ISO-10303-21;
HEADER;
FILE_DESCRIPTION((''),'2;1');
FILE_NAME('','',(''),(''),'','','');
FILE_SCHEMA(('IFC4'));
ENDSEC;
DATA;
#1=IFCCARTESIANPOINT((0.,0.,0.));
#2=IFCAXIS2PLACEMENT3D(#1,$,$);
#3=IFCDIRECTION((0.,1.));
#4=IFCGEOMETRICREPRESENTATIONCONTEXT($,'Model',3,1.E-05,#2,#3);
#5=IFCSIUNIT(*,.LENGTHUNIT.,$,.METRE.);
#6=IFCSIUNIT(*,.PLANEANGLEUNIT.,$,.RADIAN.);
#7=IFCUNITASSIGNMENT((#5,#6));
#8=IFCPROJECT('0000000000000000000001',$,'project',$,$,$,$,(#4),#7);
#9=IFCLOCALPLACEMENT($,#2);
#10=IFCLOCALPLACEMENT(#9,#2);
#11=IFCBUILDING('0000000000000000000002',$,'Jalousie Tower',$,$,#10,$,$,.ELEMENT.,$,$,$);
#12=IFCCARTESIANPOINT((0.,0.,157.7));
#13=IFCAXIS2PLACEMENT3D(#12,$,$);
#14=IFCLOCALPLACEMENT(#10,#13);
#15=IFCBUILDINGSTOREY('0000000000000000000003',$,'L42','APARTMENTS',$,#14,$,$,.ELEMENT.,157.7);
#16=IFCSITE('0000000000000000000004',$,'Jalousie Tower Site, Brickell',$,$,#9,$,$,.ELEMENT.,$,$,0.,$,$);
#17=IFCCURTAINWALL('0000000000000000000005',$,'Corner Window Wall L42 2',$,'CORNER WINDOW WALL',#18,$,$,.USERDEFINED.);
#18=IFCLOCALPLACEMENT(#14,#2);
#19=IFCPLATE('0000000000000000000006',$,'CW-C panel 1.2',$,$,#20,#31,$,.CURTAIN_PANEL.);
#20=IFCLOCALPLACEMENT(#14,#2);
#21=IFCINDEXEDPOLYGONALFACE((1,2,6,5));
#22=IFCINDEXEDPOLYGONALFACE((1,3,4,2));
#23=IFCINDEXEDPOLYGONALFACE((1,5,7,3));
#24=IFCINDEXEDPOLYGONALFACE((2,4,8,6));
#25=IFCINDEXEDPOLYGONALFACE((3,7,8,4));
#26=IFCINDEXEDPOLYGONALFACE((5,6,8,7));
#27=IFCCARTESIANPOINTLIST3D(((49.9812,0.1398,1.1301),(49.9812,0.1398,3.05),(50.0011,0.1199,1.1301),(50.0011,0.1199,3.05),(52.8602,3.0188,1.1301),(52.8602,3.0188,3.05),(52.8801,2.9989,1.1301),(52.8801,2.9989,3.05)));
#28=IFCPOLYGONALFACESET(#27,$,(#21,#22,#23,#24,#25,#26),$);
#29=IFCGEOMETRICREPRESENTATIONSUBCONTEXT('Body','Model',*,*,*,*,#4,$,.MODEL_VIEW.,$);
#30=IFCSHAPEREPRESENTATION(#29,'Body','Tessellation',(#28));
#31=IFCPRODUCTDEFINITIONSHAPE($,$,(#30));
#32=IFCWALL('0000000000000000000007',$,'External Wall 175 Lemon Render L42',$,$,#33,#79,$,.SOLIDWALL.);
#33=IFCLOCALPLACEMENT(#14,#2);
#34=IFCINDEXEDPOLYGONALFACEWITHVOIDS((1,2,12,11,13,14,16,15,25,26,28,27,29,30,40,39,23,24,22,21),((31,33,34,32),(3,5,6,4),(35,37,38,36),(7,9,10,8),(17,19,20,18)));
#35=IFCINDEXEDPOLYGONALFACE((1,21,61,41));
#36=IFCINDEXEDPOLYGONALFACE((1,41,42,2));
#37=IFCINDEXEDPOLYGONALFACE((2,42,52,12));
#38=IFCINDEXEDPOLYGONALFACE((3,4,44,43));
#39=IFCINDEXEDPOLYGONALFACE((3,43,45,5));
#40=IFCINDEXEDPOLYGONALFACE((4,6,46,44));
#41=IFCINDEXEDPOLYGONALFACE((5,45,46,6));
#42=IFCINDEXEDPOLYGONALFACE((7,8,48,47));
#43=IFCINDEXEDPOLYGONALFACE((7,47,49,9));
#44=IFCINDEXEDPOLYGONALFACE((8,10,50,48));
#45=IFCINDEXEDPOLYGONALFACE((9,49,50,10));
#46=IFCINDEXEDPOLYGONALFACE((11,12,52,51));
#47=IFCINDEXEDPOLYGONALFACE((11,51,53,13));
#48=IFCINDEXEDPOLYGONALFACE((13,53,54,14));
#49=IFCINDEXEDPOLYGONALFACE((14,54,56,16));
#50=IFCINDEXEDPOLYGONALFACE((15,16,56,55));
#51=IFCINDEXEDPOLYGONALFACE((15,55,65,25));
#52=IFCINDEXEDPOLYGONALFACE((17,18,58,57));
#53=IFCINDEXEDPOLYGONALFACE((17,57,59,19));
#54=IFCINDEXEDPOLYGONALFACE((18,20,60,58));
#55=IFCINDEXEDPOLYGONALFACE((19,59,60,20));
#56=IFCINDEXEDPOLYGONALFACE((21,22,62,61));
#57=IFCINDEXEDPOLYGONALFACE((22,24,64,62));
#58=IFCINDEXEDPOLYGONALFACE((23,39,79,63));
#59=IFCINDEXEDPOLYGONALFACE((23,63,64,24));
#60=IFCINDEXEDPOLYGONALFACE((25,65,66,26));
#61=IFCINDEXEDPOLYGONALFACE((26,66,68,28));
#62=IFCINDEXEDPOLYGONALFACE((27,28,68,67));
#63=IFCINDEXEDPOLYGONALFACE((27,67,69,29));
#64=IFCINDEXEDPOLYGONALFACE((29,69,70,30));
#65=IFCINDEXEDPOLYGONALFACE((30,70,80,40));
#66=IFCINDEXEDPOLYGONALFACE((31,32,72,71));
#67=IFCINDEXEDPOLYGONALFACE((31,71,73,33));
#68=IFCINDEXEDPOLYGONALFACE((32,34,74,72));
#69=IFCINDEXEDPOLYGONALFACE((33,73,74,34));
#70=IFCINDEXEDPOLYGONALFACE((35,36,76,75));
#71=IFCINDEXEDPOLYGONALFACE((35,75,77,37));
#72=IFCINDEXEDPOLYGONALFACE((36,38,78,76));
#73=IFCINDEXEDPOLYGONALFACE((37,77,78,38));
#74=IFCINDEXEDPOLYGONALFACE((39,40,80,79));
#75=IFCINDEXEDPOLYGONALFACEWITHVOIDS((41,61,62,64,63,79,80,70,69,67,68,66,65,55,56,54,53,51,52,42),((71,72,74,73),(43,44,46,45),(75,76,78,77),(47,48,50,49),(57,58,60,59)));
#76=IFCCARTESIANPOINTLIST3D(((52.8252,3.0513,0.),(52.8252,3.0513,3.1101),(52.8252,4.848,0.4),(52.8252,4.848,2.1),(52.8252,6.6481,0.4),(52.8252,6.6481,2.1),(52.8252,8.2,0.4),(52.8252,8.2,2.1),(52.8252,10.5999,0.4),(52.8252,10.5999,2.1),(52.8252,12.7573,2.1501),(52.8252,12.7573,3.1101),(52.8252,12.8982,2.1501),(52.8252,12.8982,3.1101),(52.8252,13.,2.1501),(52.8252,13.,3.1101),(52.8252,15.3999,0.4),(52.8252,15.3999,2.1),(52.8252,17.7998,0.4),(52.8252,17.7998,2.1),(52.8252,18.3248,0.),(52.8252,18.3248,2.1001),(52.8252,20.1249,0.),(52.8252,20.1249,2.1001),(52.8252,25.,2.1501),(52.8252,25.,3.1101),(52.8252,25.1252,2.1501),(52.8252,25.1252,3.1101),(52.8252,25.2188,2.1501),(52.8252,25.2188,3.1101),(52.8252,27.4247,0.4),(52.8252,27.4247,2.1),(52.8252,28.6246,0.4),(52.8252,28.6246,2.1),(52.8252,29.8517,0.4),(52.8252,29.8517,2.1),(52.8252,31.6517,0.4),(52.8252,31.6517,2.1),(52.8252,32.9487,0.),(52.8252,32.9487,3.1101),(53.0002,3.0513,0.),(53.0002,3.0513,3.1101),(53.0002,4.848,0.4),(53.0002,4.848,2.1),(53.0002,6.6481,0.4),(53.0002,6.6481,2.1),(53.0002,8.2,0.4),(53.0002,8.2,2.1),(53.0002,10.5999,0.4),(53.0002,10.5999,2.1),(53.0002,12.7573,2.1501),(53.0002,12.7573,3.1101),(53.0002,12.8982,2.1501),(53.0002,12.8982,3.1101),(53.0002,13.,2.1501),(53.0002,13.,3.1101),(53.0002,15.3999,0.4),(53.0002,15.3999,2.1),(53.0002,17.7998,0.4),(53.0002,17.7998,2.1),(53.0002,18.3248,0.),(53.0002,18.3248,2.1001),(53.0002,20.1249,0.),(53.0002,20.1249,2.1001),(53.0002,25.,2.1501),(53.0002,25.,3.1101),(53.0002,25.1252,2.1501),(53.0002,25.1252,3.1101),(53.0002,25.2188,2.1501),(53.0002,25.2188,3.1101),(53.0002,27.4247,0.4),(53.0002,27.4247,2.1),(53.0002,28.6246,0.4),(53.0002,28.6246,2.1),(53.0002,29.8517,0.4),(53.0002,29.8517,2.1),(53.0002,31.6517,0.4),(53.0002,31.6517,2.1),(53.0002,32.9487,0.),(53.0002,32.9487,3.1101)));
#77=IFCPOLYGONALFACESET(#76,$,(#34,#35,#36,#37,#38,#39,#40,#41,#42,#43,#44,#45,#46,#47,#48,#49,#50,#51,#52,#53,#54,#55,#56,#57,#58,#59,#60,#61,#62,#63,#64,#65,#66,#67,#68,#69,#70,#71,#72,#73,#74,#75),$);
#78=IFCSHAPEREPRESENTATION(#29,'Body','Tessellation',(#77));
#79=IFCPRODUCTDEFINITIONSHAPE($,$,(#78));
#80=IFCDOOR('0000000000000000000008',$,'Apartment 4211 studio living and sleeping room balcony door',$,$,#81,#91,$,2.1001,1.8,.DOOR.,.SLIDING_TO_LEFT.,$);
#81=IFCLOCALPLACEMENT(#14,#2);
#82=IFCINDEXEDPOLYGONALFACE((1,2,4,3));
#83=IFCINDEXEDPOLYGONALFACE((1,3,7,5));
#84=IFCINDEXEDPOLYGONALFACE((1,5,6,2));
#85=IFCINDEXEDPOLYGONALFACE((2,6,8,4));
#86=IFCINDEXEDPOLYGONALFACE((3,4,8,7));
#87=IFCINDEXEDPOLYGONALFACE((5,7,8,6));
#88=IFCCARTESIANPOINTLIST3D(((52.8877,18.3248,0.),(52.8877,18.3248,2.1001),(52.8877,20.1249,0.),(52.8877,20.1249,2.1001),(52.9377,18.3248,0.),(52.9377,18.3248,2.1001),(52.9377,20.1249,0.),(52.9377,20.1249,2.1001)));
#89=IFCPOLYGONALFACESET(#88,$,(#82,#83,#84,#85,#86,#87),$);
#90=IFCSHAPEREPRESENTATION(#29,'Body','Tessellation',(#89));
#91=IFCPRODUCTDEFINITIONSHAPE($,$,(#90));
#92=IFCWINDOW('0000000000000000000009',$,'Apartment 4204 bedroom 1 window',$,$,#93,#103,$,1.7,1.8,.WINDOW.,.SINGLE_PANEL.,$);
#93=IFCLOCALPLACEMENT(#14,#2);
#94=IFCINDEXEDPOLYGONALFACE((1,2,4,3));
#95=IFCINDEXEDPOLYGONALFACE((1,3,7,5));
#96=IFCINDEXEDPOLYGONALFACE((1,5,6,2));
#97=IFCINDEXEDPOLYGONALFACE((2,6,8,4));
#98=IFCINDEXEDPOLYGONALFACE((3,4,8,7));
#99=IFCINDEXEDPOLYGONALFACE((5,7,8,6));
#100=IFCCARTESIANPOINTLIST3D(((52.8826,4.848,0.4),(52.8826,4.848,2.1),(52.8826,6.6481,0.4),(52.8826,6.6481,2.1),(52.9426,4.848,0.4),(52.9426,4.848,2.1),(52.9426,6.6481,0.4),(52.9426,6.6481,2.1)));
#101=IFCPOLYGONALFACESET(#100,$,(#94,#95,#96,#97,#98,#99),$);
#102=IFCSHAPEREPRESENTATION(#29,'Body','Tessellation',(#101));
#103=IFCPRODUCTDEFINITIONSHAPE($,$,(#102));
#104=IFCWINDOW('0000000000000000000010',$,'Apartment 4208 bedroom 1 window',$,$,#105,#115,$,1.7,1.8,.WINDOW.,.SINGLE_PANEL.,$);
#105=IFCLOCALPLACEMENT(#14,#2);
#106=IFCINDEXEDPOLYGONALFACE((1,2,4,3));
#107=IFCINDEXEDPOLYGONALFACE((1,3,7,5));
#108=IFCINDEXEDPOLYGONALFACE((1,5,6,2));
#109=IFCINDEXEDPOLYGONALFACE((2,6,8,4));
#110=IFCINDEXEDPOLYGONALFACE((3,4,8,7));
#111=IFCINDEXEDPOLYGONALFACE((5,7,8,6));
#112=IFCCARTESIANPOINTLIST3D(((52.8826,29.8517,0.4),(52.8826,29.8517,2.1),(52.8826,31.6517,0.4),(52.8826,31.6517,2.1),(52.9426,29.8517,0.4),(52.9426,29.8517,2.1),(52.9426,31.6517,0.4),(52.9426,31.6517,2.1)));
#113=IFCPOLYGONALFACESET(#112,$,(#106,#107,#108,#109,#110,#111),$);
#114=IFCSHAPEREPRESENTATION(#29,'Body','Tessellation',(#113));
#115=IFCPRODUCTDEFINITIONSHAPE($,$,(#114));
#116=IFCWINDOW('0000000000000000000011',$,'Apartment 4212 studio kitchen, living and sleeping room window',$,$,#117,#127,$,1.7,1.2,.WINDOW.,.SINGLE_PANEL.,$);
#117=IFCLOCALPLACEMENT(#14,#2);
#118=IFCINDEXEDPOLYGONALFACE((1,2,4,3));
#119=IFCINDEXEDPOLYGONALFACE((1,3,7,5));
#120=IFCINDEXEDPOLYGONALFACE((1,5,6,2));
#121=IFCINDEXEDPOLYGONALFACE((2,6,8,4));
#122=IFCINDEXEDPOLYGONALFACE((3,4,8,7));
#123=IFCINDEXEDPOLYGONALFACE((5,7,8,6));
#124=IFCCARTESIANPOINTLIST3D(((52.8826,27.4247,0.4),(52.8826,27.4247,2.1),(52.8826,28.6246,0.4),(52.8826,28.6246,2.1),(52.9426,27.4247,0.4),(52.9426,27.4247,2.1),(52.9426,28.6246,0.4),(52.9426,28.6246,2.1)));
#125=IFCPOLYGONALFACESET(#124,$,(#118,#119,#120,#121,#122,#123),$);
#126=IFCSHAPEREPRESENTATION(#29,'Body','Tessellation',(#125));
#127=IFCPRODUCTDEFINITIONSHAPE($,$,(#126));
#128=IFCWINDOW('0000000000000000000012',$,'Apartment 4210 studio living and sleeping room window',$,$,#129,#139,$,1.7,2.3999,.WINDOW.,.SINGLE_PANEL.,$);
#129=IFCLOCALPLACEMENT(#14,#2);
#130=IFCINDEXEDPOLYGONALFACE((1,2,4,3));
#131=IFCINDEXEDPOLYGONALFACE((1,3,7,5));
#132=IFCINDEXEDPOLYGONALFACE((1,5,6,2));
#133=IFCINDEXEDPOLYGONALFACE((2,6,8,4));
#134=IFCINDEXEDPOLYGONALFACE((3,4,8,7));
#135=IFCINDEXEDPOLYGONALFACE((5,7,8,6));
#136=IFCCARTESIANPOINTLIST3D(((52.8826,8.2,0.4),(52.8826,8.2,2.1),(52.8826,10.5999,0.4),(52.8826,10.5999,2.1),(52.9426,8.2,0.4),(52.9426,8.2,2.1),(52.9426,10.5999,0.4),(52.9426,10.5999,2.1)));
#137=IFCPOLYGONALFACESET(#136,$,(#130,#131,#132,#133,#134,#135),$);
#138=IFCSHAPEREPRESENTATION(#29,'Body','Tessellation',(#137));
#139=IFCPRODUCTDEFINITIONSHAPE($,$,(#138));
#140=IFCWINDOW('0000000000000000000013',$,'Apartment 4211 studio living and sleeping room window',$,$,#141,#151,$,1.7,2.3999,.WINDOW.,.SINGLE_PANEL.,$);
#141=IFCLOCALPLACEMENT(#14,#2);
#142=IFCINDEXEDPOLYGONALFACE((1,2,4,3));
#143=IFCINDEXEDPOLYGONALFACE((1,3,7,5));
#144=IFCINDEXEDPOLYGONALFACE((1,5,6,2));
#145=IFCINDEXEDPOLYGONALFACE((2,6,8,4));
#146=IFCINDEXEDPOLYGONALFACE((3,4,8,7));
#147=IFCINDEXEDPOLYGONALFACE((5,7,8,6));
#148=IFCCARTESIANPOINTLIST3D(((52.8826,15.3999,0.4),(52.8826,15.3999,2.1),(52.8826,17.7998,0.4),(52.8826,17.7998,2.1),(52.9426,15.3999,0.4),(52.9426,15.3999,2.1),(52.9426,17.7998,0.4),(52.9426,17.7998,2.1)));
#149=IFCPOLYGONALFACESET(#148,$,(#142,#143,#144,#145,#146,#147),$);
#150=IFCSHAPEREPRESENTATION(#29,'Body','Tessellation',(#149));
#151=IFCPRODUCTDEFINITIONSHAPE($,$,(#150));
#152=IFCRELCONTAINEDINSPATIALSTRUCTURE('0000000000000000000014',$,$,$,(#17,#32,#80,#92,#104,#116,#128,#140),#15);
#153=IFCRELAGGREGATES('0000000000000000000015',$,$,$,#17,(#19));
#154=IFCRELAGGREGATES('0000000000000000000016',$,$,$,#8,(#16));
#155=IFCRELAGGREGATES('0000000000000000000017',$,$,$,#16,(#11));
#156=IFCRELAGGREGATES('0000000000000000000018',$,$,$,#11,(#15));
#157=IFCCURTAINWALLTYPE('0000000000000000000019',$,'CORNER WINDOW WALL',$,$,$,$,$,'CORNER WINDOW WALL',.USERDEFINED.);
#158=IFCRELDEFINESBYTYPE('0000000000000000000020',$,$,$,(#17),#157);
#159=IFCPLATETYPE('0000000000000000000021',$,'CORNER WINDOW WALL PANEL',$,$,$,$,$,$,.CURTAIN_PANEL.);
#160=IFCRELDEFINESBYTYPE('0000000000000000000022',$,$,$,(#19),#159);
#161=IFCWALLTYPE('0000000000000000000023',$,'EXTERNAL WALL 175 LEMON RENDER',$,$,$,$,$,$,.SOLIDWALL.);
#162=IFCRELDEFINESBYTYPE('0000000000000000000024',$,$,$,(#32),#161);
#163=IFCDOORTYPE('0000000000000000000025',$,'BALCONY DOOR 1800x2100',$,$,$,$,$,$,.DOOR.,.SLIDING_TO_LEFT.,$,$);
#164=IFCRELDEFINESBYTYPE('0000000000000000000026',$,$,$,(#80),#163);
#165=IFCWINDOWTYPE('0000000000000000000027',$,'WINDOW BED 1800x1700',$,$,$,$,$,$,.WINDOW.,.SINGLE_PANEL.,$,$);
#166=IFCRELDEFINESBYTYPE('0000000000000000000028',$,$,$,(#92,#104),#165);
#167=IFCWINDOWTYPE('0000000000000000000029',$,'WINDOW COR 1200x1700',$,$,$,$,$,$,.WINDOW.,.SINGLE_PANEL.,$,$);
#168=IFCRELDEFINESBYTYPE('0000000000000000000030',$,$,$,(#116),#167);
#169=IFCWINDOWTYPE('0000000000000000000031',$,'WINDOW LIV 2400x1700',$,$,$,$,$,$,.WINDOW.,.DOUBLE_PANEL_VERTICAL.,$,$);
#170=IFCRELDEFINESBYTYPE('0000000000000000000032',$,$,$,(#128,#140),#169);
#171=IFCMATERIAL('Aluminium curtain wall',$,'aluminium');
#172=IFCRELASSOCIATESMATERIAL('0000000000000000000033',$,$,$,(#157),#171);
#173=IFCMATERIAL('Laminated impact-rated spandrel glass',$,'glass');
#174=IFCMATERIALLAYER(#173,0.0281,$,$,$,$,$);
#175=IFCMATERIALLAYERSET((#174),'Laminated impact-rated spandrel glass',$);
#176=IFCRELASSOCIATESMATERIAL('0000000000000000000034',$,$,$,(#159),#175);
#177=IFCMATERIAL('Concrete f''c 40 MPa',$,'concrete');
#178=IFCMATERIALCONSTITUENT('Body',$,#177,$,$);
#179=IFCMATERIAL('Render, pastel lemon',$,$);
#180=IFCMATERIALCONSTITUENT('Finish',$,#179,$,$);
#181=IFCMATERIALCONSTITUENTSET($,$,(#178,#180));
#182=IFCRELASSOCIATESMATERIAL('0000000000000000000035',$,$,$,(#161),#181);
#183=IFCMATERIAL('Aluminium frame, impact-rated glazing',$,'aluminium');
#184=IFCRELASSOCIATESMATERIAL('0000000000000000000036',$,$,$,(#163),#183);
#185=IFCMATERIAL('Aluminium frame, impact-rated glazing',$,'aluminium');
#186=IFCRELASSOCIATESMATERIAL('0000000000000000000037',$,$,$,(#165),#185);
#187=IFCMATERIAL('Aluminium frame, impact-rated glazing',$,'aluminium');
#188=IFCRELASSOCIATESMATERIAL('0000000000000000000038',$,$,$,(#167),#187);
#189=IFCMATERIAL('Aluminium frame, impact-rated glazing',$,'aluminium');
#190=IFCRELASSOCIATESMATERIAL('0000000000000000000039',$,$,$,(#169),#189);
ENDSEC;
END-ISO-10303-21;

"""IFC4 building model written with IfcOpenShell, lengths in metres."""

from ifc_helpers import new_model, si_unit, direction, frame, frame_2d, origin, origin_2d, place, context, subcontext, project, spatial, polyline, rectangle, outline, extrude, material, layer, layer_set, constituent, constituent_set, type_object, element, fill, aggregate, save


model = new_model("IFC4")

# Units and contexts
model_context = context("Model", 3, precision=1e-05, world=origin(), true_north=direction((0.0, 1.0)))
body_context = subcontext(model_context, "Body", "Model", "MODEL_VIEW")
ifc_project = project(units=[si_unit("LENGTHUNIT", "METRE"), si_unit("PLANEANGLEUNIT", "RADIAN")], contexts=[model_context])

# Site, building, storey
site_placement = place(None, origin())
site = spatial("IfcSite", under=ifc_project, at=site_placement, Name="Jalousie Tower Site, Brickell", CompositionType="ELEMENT", RefElevation=0.0)
building_placement = place(site_placement, origin())
building = spatial("IfcBuilding", under=site, at=building_placement, Name="Jalousie Tower", CompositionType="ELEMENT")
storey_placement = place(building_placement, frame((0.0, 0.0, 157.7)))
storey = spatial("IfcBuildingStorey", under=building, at=storey_placement, Name="L42", Description="APARTMENTS", CompositionType="ELEMENT", Elevation=157.7)

# Curtain wall
ifc_material_1 = material(Name="Aluminium curtain wall", Category="aluminium")
curtain_wall_type_1 = type_object("IfcCurtainWallType", Name="CORNER WINDOW WALL", ElementType="CORNER WINDOW WALL", PredefinedType="USERDEFINED", material=ifc_material_1)
curtain_wall_1_placement = place(storey_placement, origin())
curtain_wall_1 = element("IfcCurtainWall", 1, at=curtain_wall_1_placement, inside=storey, type_object=curtain_wall_type_1, Name="Corner Window Wall L42 2", ObjectType="CORNER WINDOW WALL", PredefinedType="USERDEFINED")

# Plate
ifc_material_2 = material(Name="Laminated impact-rated spandrel glass", Category="glass")
ifc_layer = layer(ifc_material_2, 0.0281)
ifc_layer_set = layer_set([ifc_layer], Name="Laminated impact-rated spandrel glass")
plate_type = type_object("IfcPlateType", Name="CORNER WINDOW WALL PANEL", PredefinedType="CURTAIN_PANEL", material=ifc_layer_set)
plate_1_placement = place(storey_placement, frame((51.4307, 1.5693, 1.1301), z_axis=(0.0, 0.0, 1.0), x_axis=(0.707107, 0.707107, 0.0)))
plate_1 = element("IfcPlate", 2, at=plate_1_placement, type_object=plate_type, Name="CW-C panel 1.2", PredefinedType="CURTAIN_PANEL", context=body_context, shape_type="SweptSolid", body=[
    extrude(rectangle(XDim=4.0715, YDim=0.0281, at=origin_2d()), origin(), (0.0, 0.0, 1.0), 1.9199),
])
aggregate(curtain_wall_1, [plate_1])

# Wall, openings, door, windows
ifc_material_3 = material(Name="Concrete f'c 40 MPa", Category="concrete")
ifc_constituent_1 = constituent(ifc_material_3, Name="Body")
ifc_material_4 = material(Name="Render, pastel lemon")
ifc_constituent_2 = constituent(ifc_material_4, Name="Finish")
ifc_constituent_set = constituent_set(constituents=[ifc_constituent_1, ifc_constituent_2])
wall_type = type_object("IfcWallType", Name="EXTERNAL WALL 175 LEMON RENDER", PredefinedType="SOLIDWALL", material=ifc_constituent_set)
wall_placement = place(storey_placement, frame((52.9126, 3.0513, 0.0), z_axis=(0.0, 0.0, 1.0), x_axis=(0.0, 1.0, 0.0)))
wall = element("IfcWall", 3, at=wall_placement, inside=storey, type_object=wall_type, Name="External Wall 175 Lemon Render L42", PredefinedType="SOLIDWALL", context=body_context, shape_type="SweptSolid", body=[
    extrude(outline(polyline([(0.0, 0.0), (29.8975, 0.0), (29.8975, 3.1101), (22.1675, 3.1101), (22.1675, 2.1501), (22.074, 2.1501), (22.074, 3.1101), (21.9487, 3.1101), (21.9487, 2.1501), (9.9487, 2.1501), (9.9487, 3.1101), (9.8469, 3.1101), (9.8469, 2.1501), (9.7061, 2.1501), (9.7061, 3.1101), (0.0, 3.1101), (0.0, 0.0)])), frame((0.0, 0.0874, 0.0), z_axis=(0.0, -1.0, 0.0), x_axis=(1.0, 0.0, 0.0)), (0.0, 0.0, 1.0), 0.175),
])
opening_1_placement = place(wall_placement, frame((1.7969, 0.0, 0.3999)))
opening_1 = element("IfcOpeningElement", 4, at=opening_1_placement, cuts=wall, PredefinedType="OPENING", context=body_context, shape_type="SweptSolid", body=[
    extrude(rectangle(XDim=1.8, YDim=1.7, at=frame_2d((0.8999, 0.8501))), frame((0.0, 0.0974, 0.0), z_axis=(0.0, -1.0, 0.0), x_axis=(1.0, 0.0, 0.0)), (0.0, 0.0, 1.0), 0.1951),
])
opening_2_placement = place(wall_placement, frame((5.1487, 0.0, 0.3999)))
opening_2 = element("IfcOpeningElement", 5, at=opening_2_placement, cuts=wall, PredefinedType="OPENING", context=body_context, shape_type="SweptSolid", body=[
    extrude(rectangle(XDim=2.3999, YDim=1.7, at=frame_2d((1.2, 0.8501))), frame((0.0, 0.0974, 0.0), z_axis=(0.0, -1.0, 0.0), x_axis=(1.0, 0.0, 0.0)), (0.0, 0.0, 1.0), 0.1951),
])
opening_3_placement = place(wall_placement, frame((15.2737, 0.0, 0.0)))
opening_3 = element("IfcOpeningElement", 6, at=opening_3_placement, cuts=wall, PredefinedType="OPENING", context=body_context, shape_type="SweptSolid", body=[
    extrude(rectangle(XDim=1.8, YDim=2.1001, at=frame_2d((0.8999, 1.05))), frame((0.0, 0.0974, 0.0), z_axis=(0.0, -1.0, 0.0), x_axis=(1.0, 0.0, 0.0)), (0.0, 0.0, 1.0), 0.1951),
])
opening_4_placement = place(wall_placement, frame((12.3486, 0.0, 0.3999)))
opening_4 = element("IfcOpeningElement", 7, at=opening_4_placement, cuts=wall, PredefinedType="OPENING", context=body_context, shape_type="SweptSolid", body=[
    extrude(rectangle(XDim=2.3999, YDim=1.7, at=frame_2d((1.2, 0.8501))), frame((0.0, 0.0974, 0.0), z_axis=(0.0, -1.0, 0.0), x_axis=(1.0, 0.0, 0.0)), (0.0, 0.0, 1.0), 0.1951),
])
opening_5_placement = place(wall_placement, frame((24.3733, 0.0, 0.3999)))
opening_5 = element("IfcOpeningElement", 8, at=opening_5_placement, cuts=wall, PredefinedType="OPENING", context=body_context, shape_type="SweptSolid", body=[
    extrude(rectangle(XDim=1.2, YDim=1.7, at=frame_2d((0.6001, 0.8501))), frame((0.0, 0.0974, 0.0), z_axis=(0.0, -1.0, 0.0), x_axis=(1.0, 0.0, 0.0)), (0.0, 0.0, 1.0), 0.1951),
])
opening_6_placement = place(wall_placement, frame((26.8005, 0.0, 0.3999)))
opening_6 = element("IfcOpeningElement", 9, at=opening_6_placement, cuts=wall, PredefinedType="OPENING", context=body_context, shape_type="SweptSolid", body=[
    extrude(rectangle(XDim=1.8, YDim=1.7, at=frame_2d((0.8999, 0.8501))), frame((0.0, 0.0974, 0.0), z_axis=(0.0, -1.0, 0.0), x_axis=(1.0, 0.0, 0.0)), (0.0, 0.0, 1.0), 0.1951),
])
ifc_material_5 = material(Name="Aluminium frame, impact-rated glazing", Category="aluminium")
door_type = type_object("IfcDoorType", Name="BALCONY DOOR 1800x2100", OperationType="SLIDING_TO_LEFT", PredefinedType="DOOR", material=ifc_material_5)
door_placement = place(opening_3_placement, origin())
door = element("IfcDoor", 10, at=door_placement, inside=storey, type_object=door_type, Name="Apartment 4211 studio living and sleeping room balcony door", OperationType="SLIDING_TO_LEFT", OverallHeight=2.1001, OverallWidth=1.8, PredefinedType="DOOR", context=body_context, shape_type="SweptSolid", body=[
    extrude(rectangle(XDim=1.8, YDim=2.1001, at=frame_2d((0.8999, 1.05))), frame((0.0, 0.0249, 0.0), z_axis=(0.0, -1.0, 0.0), x_axis=(1.0, 0.0, 0.0)), (0.0, 0.0, 1.0), 0.05),
])
fill(opening_3, door)
ifc_material_6 = material(Name="Aluminium frame, impact-rated glazing", Category="aluminium")
window_type_1 = type_object("IfcWindowType", Name="WINDOW BED 1800x1700", PartitioningType="SINGLE_PANEL", PredefinedType="WINDOW", material=ifc_material_6)
window_1_placement = place(opening_1_placement, origin())
window_1 = element("IfcWindow", 11, at=window_1_placement, inside=storey, type_object=window_type_1, Name="Apartment 4204 bedroom 1 window", OverallHeight=1.7, OverallWidth=1.8, PartitioningType="SINGLE_PANEL", PredefinedType="WINDOW", context=body_context, shape_type="SweptSolid", body=[
    extrude(rectangle(XDim=1.8, YDim=1.7, at=frame_2d((0.8999, 0.8501))), frame((0.0, 0.03, 0.0), z_axis=(0.0, -1.0, 0.0), x_axis=(1.0, 0.0, 0.0)), (0.0, 0.0, 1.0), 0.0601),
])
fill(opening_1, window_1)
window_2_placement = place(opening_6_placement, origin())
window_2 = element("IfcWindow", 12, at=window_2_placement, inside=storey, type_object=window_type_1, Name="Apartment 4208 bedroom 1 window", OverallHeight=1.7, OverallWidth=1.8, PartitioningType="SINGLE_PANEL", PredefinedType="WINDOW", context=body_context, shape_type="SweptSolid", body=[
    extrude(rectangle(XDim=1.8, YDim=1.7, at=frame_2d((0.8999, 0.8501))), frame((0.0, 0.03, 0.0), z_axis=(0.0, -1.0, 0.0), x_axis=(1.0, 0.0, 0.0)), (0.0, 0.0, 1.0), 0.0601),
])
fill(opening_6, window_2)
ifc_material_7 = material(Name="Aluminium frame, impact-rated glazing", Category="aluminium")
window_type_2 = type_object("IfcWindowType", Name="WINDOW COR 1200x1700", PartitioningType="SINGLE_PANEL", PredefinedType="WINDOW", material=ifc_material_7)
window_3_placement = place(opening_5_placement, origin())
window_3 = element("IfcWindow", 13, at=window_3_placement, inside=storey, type_object=window_type_2, Name="Apartment 4212 studio kitchen, living and sleeping room window", OverallHeight=1.7, OverallWidth=1.2, PartitioningType="SINGLE_PANEL", PredefinedType="WINDOW", context=body_context, shape_type="SweptSolid", body=[
    extrude(rectangle(XDim=1.2, YDim=1.7, at=frame_2d((0.6001, 0.8501))), frame((0.0, 0.03, 0.0), z_axis=(0.0, -1.0, 0.0), x_axis=(1.0, 0.0, 0.0)), (0.0, 0.0, 1.0), 0.0601),
])
fill(opening_5, window_3)
ifc_material_8 = material(Name="Aluminium frame, impact-rated glazing", Category="aluminium")
window_type_3 = type_object("IfcWindowType", Name="WINDOW LIV 2400x1700", PartitioningType="DOUBLE_PANEL_VERTICAL", PredefinedType="WINDOW", material=ifc_material_8)
window_4_placement = place(opening_2_placement, origin())
window_4 = element("IfcWindow", 14, at=window_4_placement, inside=storey, type_object=window_type_3, Name="Apartment 4210 studio living and sleeping room window", OverallHeight=1.7, OverallWidth=2.3999, PartitioningType="SINGLE_PANEL", PredefinedType="WINDOW", context=body_context, shape_type="SweptSolid", body=[
    extrude(rectangle(XDim=2.3999, YDim=1.7, at=frame_2d((1.2, 0.8501))), frame((0.0, 0.03, 0.0), z_axis=(0.0, -1.0, 0.0), x_axis=(1.0, 0.0, 0.0)), (0.0, 0.0, 1.0), 0.0601),
])
fill(opening_2, window_4)
window_5_placement = place(opening_4_placement, origin())
window_5 = element("IfcWindow", 15, at=window_5_placement, inside=storey, type_object=window_type_3, Name="Apartment 4211 studio living and sleeping room window", OverallHeight=1.7, OverallWidth=2.3999, PartitioningType="SINGLE_PANEL", PredefinedType="WINDOW", context=body_context, shape_type="SweptSolid", body=[
    extrude(rectangle(XDim=2.3999, YDim=1.7, at=frame_2d((1.2, 0.8501))), frame((0.0, 0.03, 0.0), z_axis=(0.0, -1.0, 0.0), x_axis=(1.0, 0.0, 0.0)), (0.0, 0.0, 1.0), 0.0601),
])
fill(opening_4, window_5)

save(model, "model.ifc")
